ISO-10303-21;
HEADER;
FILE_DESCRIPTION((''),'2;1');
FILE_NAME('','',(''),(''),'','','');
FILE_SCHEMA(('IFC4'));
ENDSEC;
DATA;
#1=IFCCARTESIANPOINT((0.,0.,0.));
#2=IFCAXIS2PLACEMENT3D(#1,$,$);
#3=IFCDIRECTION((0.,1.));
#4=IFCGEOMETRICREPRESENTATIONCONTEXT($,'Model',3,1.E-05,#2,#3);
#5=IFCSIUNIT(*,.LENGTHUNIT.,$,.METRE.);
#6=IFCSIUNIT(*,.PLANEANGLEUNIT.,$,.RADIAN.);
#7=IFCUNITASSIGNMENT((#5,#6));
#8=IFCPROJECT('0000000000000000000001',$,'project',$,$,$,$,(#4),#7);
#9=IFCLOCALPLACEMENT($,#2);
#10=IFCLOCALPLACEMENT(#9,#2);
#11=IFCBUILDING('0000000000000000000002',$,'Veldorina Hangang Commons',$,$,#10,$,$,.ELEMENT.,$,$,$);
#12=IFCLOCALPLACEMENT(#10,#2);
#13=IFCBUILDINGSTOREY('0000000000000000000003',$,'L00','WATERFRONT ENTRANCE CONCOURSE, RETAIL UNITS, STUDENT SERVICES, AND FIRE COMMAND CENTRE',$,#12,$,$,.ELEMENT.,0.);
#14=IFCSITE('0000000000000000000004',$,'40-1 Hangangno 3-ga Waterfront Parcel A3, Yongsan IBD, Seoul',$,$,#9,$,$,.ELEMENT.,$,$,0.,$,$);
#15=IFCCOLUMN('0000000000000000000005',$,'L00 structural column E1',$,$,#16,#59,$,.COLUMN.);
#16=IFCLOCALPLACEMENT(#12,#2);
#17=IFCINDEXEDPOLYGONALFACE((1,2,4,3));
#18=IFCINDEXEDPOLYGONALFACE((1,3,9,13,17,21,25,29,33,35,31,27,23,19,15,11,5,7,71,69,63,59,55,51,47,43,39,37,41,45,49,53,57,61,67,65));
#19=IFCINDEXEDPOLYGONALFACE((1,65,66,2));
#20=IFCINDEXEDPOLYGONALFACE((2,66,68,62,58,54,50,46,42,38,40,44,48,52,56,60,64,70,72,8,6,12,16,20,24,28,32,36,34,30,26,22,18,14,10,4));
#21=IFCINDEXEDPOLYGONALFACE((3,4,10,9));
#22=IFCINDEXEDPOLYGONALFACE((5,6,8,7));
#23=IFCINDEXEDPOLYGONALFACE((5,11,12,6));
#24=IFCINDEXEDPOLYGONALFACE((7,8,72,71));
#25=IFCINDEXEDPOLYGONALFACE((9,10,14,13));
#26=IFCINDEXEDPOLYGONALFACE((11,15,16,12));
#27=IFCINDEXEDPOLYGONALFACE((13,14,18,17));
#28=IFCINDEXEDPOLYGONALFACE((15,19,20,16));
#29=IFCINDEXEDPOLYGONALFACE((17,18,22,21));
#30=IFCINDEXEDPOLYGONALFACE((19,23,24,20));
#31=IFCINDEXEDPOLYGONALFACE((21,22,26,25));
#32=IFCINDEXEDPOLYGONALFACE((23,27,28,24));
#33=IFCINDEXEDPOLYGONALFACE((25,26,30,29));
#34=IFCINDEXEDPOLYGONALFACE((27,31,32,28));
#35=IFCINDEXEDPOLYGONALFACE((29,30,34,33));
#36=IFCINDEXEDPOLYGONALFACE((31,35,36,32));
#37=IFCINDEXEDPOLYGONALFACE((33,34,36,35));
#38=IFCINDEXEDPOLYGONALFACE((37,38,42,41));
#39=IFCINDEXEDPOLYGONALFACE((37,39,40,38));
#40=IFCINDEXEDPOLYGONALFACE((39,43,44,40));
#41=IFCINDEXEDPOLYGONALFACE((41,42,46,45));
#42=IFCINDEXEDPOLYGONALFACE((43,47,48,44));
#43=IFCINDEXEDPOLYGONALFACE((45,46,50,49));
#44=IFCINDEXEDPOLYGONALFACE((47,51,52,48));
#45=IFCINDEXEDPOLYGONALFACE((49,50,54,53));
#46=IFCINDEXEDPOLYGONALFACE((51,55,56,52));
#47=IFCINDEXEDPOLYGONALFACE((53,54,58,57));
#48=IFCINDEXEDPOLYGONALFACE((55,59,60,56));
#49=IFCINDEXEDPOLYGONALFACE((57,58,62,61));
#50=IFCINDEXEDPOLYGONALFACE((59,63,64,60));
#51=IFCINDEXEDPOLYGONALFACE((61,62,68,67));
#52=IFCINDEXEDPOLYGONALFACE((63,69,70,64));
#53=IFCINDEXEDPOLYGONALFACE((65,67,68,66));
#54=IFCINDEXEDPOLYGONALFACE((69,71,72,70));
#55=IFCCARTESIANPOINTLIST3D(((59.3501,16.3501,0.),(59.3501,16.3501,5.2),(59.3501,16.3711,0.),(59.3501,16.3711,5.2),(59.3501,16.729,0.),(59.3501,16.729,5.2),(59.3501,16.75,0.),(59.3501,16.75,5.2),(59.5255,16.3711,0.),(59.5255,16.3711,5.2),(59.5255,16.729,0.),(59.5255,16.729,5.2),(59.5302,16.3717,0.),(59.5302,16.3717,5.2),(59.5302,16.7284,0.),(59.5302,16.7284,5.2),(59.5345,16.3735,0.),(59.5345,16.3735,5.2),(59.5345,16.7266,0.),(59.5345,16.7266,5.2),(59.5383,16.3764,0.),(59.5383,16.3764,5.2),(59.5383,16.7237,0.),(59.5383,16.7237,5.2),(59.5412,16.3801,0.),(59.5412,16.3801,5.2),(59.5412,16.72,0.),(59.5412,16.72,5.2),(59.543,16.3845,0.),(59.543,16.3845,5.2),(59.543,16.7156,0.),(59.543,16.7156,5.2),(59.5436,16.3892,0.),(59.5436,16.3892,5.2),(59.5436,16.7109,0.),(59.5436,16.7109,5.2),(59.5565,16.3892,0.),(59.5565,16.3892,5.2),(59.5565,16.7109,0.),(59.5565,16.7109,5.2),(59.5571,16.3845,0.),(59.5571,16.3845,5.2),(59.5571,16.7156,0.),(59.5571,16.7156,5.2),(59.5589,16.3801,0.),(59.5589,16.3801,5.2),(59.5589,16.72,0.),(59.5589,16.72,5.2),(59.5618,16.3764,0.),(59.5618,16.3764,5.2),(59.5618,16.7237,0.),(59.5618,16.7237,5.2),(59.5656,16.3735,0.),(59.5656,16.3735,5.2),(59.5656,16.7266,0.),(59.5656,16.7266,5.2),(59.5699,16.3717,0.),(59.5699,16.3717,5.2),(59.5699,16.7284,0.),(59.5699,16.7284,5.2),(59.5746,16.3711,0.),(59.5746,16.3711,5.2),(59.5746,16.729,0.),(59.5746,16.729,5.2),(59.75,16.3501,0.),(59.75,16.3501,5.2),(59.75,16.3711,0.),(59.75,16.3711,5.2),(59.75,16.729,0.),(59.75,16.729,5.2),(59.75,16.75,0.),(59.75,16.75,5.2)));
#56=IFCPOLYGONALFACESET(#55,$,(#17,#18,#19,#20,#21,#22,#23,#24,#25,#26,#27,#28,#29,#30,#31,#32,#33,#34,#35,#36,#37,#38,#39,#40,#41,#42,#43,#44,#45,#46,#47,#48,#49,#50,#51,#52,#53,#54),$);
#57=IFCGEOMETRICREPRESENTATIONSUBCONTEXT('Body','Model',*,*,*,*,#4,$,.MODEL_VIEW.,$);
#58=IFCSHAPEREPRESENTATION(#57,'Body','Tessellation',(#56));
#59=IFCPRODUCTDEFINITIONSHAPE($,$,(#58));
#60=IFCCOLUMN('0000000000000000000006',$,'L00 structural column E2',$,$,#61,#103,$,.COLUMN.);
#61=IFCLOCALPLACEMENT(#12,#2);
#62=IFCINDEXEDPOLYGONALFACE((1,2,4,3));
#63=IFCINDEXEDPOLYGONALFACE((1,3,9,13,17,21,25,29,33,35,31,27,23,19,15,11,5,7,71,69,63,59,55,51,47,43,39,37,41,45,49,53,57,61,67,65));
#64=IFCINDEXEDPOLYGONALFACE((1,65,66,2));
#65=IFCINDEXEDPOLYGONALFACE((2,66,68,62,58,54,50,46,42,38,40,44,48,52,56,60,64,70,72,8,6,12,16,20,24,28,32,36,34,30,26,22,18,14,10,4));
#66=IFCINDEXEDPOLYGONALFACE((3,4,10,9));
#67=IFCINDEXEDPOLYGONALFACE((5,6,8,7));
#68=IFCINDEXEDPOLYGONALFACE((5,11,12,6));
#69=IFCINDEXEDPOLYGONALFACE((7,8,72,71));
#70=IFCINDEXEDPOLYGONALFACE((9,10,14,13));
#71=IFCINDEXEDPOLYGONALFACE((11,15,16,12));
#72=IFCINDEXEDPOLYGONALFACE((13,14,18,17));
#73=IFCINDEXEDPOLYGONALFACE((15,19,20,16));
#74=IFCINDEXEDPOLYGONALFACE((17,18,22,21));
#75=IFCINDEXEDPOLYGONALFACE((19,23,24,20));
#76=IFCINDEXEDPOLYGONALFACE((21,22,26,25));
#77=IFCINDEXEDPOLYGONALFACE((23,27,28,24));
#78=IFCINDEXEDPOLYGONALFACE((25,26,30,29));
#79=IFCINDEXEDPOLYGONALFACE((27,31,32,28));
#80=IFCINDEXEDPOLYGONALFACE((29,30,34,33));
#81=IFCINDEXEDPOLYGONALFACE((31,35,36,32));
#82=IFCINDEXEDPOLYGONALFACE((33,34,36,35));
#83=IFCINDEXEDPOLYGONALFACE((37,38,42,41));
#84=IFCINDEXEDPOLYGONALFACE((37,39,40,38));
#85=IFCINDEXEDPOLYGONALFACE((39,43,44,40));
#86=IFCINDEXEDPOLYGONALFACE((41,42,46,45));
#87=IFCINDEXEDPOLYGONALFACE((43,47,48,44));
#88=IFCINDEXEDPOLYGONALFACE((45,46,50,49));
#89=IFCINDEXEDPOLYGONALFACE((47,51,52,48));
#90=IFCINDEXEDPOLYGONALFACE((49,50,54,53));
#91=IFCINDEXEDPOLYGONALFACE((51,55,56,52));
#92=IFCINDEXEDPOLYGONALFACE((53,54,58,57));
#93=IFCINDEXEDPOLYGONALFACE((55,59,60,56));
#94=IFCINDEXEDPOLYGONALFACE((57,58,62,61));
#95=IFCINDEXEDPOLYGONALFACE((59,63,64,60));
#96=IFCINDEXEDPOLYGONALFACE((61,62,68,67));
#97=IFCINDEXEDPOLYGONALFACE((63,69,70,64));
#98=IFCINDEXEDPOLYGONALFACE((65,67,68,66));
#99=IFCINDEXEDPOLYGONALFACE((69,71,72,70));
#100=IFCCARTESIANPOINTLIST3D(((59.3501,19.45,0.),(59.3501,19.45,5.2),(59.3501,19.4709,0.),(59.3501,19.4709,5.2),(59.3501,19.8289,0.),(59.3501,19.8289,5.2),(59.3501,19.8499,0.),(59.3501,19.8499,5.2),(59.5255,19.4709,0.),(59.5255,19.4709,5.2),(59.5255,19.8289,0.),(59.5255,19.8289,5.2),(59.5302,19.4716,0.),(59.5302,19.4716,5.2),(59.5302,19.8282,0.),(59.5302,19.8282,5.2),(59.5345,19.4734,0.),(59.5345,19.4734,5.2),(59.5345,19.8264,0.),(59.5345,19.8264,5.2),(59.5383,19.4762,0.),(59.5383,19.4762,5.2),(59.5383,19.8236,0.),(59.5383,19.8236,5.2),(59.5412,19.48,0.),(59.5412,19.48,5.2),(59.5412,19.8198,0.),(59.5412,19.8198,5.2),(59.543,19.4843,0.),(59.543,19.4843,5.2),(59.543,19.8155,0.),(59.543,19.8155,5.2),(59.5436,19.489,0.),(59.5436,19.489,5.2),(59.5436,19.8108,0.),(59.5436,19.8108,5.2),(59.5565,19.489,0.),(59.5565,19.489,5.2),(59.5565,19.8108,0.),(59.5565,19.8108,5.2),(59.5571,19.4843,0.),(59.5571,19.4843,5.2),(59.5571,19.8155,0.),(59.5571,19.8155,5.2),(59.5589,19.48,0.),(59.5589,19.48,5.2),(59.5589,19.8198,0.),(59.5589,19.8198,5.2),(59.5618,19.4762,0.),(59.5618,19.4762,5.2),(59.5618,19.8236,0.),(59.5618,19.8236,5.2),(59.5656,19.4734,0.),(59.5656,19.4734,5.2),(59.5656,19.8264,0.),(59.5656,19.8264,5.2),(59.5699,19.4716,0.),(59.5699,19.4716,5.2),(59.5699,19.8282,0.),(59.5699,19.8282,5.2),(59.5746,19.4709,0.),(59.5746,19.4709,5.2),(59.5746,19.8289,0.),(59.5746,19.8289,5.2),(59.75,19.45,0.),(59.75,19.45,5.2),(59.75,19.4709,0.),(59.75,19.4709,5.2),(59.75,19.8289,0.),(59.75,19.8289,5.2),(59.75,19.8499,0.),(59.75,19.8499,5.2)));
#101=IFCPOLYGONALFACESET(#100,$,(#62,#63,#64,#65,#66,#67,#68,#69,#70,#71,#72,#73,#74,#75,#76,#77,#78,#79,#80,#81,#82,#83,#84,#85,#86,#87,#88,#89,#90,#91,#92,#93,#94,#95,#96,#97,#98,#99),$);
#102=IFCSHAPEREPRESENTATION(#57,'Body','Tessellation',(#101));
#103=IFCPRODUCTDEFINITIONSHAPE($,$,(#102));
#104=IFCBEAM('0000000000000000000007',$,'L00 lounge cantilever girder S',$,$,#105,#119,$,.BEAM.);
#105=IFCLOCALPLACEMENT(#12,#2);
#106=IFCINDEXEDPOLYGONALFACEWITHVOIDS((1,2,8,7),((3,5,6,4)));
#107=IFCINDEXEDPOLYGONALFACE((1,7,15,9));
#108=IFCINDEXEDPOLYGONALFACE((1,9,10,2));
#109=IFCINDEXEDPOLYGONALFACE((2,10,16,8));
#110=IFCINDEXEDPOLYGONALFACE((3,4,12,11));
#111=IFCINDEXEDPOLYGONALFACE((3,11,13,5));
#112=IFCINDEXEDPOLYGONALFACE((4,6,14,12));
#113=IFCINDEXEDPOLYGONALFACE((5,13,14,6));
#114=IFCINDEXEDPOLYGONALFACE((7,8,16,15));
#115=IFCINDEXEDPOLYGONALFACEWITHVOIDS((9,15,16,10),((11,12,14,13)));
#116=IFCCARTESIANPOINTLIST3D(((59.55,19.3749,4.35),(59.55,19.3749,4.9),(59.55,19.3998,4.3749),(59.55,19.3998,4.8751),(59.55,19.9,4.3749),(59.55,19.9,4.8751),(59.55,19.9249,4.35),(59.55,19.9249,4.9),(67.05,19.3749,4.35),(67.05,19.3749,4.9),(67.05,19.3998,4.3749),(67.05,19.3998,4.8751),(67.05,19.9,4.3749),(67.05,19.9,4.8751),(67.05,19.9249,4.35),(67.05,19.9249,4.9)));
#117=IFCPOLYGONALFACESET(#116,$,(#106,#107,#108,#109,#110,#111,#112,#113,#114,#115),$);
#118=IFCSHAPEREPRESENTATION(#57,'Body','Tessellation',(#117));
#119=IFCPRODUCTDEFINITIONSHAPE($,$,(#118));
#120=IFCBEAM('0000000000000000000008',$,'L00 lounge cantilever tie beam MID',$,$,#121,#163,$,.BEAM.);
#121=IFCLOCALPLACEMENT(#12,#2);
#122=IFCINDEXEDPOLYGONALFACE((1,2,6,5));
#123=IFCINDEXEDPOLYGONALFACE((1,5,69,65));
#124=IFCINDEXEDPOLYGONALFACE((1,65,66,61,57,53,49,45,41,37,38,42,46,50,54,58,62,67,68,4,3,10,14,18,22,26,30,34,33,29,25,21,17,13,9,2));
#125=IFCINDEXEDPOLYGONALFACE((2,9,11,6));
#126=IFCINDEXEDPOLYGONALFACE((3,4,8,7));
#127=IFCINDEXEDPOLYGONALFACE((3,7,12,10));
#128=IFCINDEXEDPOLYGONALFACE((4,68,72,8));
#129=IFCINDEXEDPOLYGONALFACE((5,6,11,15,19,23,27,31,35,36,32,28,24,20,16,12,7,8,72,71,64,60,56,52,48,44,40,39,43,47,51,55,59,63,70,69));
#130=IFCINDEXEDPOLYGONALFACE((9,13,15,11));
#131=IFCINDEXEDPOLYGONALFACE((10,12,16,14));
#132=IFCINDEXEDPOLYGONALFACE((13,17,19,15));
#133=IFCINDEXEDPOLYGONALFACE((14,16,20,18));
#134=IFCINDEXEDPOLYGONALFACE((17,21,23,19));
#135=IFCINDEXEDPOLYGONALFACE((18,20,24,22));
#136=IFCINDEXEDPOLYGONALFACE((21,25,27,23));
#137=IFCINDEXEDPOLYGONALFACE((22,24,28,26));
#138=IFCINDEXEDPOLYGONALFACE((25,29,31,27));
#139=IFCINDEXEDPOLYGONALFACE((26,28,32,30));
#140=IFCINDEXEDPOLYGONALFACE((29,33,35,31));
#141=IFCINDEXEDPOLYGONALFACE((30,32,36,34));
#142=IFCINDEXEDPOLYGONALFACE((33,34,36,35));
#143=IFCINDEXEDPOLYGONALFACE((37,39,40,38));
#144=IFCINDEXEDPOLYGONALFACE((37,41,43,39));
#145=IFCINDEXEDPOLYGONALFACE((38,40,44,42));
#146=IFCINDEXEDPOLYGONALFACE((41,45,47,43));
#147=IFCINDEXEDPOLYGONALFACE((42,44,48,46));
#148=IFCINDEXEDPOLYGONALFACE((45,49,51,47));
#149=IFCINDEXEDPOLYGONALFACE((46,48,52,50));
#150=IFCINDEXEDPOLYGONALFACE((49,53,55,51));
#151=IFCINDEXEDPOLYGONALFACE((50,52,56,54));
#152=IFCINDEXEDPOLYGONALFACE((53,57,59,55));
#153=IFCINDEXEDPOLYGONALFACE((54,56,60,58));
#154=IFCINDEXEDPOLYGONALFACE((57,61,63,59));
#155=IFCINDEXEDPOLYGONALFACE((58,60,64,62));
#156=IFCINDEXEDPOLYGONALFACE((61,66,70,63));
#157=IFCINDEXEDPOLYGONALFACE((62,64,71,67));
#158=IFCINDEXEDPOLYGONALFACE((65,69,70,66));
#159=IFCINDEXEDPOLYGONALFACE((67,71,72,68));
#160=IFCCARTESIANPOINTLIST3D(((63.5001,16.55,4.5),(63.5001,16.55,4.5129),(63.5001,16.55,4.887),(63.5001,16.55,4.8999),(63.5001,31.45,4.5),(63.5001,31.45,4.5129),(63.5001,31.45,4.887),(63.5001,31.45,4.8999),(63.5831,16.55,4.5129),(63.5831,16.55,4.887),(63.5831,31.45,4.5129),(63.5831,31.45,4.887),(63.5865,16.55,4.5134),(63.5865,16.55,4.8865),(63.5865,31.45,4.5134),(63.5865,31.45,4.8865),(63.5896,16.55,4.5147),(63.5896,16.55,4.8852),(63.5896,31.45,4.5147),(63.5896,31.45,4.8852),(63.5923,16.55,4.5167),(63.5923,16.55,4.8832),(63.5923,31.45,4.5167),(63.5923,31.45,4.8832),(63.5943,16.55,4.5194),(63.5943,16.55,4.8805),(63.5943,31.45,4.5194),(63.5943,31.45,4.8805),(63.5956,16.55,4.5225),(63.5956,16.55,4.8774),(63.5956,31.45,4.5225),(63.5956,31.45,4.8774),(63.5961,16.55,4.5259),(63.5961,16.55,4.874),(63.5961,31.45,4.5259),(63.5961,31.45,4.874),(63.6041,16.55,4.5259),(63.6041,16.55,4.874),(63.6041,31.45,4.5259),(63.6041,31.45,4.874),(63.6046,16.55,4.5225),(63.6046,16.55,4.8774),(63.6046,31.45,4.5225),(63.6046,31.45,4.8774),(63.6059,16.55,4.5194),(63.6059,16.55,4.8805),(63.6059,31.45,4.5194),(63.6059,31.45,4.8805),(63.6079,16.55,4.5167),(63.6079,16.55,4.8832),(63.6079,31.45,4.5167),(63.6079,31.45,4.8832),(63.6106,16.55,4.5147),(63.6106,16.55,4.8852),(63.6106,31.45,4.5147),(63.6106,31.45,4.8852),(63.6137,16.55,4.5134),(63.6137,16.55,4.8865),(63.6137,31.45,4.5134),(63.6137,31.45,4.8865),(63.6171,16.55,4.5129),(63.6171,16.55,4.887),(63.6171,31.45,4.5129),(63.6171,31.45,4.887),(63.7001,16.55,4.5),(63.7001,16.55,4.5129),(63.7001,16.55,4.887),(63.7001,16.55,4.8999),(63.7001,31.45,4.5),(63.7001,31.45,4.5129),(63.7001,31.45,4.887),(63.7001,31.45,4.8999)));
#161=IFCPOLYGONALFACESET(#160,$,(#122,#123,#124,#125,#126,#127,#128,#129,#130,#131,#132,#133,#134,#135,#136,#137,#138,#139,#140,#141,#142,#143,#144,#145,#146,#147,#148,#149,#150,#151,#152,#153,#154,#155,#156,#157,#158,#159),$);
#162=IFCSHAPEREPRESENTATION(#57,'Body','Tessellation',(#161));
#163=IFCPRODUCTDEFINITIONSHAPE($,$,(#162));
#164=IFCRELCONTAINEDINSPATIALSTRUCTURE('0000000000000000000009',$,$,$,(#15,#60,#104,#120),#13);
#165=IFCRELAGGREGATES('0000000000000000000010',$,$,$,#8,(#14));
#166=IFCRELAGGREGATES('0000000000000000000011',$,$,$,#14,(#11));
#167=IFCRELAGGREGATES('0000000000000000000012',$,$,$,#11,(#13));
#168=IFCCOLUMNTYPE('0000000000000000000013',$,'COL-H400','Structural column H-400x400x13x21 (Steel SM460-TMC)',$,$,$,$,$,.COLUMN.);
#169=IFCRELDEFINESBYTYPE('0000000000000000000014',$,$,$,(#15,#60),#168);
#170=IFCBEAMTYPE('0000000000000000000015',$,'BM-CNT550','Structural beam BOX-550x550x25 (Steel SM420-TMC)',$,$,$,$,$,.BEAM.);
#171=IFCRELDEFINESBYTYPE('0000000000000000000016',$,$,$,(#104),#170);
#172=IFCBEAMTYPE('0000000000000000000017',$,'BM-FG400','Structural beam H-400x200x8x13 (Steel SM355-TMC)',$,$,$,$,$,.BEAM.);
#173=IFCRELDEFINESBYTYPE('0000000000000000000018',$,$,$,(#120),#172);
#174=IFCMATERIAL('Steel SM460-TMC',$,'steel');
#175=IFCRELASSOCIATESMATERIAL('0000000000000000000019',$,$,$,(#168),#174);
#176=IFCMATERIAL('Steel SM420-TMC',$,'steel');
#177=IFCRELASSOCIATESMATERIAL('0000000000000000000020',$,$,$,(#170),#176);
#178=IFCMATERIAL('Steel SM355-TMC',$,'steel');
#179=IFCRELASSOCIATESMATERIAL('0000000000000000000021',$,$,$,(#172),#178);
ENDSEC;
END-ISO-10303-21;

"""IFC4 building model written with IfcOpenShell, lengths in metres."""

from ifc_helpers import new_model, si_unit, direction, frame, origin, origin_2d, place, context, subcontext, project, spatial, hollow_rectangle, i_section, extrude, material, material_profile, profile_set, type_object, element, save


model = new_model("IFC4")

# Units and contexts
model_context = context("Model", 3, precision=1e-05, world=origin(), true_north=direction((0.0, 1.0)))
body_context = subcontext(model_context, "Body", "Model", "MODEL_VIEW")
ifc_project = project(units=[si_unit("LENGTHUNIT", "METRE"), si_unit("PLANEANGLEUNIT", "RADIAN")], contexts=[model_context])

# Site, building, storey
site_placement = place(None, origin())
site = spatial("IfcSite", under=ifc_project, at=site_placement, Name="40-1 Hangangno 3-ga Waterfront Parcel A3, Yongsan IBD, Seoul", CompositionType="ELEMENT", RefElevation=0.0)
building_placement = place(site_placement, origin())
building = spatial("IfcBuilding", under=site, at=building_placement, Name="Veldorina Hangang Commons", CompositionType="ELEMENT")
storey_placement = place(building_placement, origin())
storey = spatial("IfcBuildingStorey", under=building, at=storey_placement, Name="L00", Description="WATERFRONT ENTRANCE CONCOURSE, RETAIL UNITS, STUDENT SERVICES, AND FIRE COMMAND CENTRE", CompositionType="ELEMENT", Elevation=0.0)

# Columns
ifc_material_1 = material(Name="Steel SM460-TMC", Category="steel")
ifc_material_profile_1 = material_profile(ifc_material_1, i_section(OverallWidth=0.3999, OverallDepth=0.3999, WebThickness=0.0129, FlangeThickness=0.021, FilletRadius=0.0181, at=origin_2d()), Name="H-400x400x13x21")
ifc_profile_set_1 = profile_set([ifc_material_profile_1], Name="Steel SM460-TMC")
column_type = type_object("IfcColumnType", Name="COL-H400", Description="Structural column H-400x400x13x21 (Steel SM460-TMC)", PredefinedType="COLUMN", material=ifc_profile_set_1)
for number, where, z_axis, x_axis, name in (
    (1, (59.55, 16.55, 0.0), (0.0, 0.0, 1.0), (1.0, 0.0, 0.0), "L00 structural column E1"),
    (2, (59.55, 19.6499, 0.0), (0.0, 0.0, 1.0), (1.0, 0.0, 0.0), "L00 structural column E2"),
):
    element("IfcColumn", number, at=place(storey_placement, frame(where, z_axis=z_axis, x_axis=x_axis)), inside=storey, type_object=column_type, Name=name, PredefinedType="COLUMN", context=body_context, shape_type="SweptSolid", body=[
        extrude(i_section(OverallWidth=0.3999, OverallDepth=0.3999, WebThickness=0.0129, FlangeThickness=0.021, FilletRadius=0.0181, at=origin_2d()), origin(), (0.0, 0.0, 1.0), 5.2),
    ])

# Beams
ifc_material_2 = material(Name="Steel SM420-TMC", Category="steel")
ifc_material_profile_2 = material_profile(ifc_material_2, hollow_rectangle(XDim=0.55, YDim=0.55, WallThickness=0.0249, at=origin_2d()), Name="BOX-550x550x25")
ifc_profile_set_2 = profile_set([ifc_material_profile_2], Name="Steel SM420-TMC")
beam_type_1 = type_object("IfcBeamType", Name="BM-CNT550", Description="Structural beam BOX-550x550x25 (Steel SM420-TMC)", PredefinedType="BEAM", material=ifc_profile_set_2)
beam_1_placement = place(storey_placement, frame((59.55, 19.6499, 4.625), z_axis=(1.0, 0.0, 0.0), x_axis=(0.0, 1.0, 0.0)))
element("IfcBeam", 3, at=beam_1_placement, inside=storey, type_object=beam_type_1, Name="L00 lounge cantilever girder S", PredefinedType="BEAM", context=body_context, shape_type="SweptSolid", body=[
    extrude(hollow_rectangle(XDim=0.55, YDim=0.55, WallThickness=0.0249, at=origin_2d()), origin(), (0.0, 0.0, 1.0), 7.5),
])
ifc_material_3 = material(Name="Steel SM355-TMC", Category="steel")
ifc_material_profile_3 = material_profile(ifc_material_3, i_section(OverallWidth=0.2, OverallDepth=0.3999, WebThickness=0.0081, FlangeThickness=0.0129, FilletRadius=0.0129, at=origin_2d()), Name="H-400x200x8x13")
ifc_profile_set_3 = profile_set([ifc_material_profile_3], Name="Steel SM355-TMC")
beam_type_2 = type_object("IfcBeamType", Name="BM-FG400", Description="Structural beam H-400x200x8x13 (Steel SM355-TMC)", PredefinedType="BEAM", material=ifc_profile_set_3)
for number, where, z_axis, x_axis, name in (
    (4, (63.6001, 16.55, 4.7), (0.0, 1.0, 0.0), (-1.0, 0.0, 0.0), "L00 lounge cantilever tie beam MID"),
):
    element("IfcBeam", number, at=place(storey_placement, frame(where, z_axis=z_axis, x_axis=x_axis)), inside=storey, type_object=beam_type_2, Name=name, PredefinedType="BEAM", context=body_context, shape_type="SweptSolid", body=[
        extrude(i_section(OverallWidth=0.2, OverallDepth=0.3999, WebThickness=0.0081, FlangeThickness=0.0129, FilletRadius=0.0129, at=origin_2d()), origin(), (0.0, 0.0, 1.0), 14.8999),
    ])

save(model, "model.ifc")
